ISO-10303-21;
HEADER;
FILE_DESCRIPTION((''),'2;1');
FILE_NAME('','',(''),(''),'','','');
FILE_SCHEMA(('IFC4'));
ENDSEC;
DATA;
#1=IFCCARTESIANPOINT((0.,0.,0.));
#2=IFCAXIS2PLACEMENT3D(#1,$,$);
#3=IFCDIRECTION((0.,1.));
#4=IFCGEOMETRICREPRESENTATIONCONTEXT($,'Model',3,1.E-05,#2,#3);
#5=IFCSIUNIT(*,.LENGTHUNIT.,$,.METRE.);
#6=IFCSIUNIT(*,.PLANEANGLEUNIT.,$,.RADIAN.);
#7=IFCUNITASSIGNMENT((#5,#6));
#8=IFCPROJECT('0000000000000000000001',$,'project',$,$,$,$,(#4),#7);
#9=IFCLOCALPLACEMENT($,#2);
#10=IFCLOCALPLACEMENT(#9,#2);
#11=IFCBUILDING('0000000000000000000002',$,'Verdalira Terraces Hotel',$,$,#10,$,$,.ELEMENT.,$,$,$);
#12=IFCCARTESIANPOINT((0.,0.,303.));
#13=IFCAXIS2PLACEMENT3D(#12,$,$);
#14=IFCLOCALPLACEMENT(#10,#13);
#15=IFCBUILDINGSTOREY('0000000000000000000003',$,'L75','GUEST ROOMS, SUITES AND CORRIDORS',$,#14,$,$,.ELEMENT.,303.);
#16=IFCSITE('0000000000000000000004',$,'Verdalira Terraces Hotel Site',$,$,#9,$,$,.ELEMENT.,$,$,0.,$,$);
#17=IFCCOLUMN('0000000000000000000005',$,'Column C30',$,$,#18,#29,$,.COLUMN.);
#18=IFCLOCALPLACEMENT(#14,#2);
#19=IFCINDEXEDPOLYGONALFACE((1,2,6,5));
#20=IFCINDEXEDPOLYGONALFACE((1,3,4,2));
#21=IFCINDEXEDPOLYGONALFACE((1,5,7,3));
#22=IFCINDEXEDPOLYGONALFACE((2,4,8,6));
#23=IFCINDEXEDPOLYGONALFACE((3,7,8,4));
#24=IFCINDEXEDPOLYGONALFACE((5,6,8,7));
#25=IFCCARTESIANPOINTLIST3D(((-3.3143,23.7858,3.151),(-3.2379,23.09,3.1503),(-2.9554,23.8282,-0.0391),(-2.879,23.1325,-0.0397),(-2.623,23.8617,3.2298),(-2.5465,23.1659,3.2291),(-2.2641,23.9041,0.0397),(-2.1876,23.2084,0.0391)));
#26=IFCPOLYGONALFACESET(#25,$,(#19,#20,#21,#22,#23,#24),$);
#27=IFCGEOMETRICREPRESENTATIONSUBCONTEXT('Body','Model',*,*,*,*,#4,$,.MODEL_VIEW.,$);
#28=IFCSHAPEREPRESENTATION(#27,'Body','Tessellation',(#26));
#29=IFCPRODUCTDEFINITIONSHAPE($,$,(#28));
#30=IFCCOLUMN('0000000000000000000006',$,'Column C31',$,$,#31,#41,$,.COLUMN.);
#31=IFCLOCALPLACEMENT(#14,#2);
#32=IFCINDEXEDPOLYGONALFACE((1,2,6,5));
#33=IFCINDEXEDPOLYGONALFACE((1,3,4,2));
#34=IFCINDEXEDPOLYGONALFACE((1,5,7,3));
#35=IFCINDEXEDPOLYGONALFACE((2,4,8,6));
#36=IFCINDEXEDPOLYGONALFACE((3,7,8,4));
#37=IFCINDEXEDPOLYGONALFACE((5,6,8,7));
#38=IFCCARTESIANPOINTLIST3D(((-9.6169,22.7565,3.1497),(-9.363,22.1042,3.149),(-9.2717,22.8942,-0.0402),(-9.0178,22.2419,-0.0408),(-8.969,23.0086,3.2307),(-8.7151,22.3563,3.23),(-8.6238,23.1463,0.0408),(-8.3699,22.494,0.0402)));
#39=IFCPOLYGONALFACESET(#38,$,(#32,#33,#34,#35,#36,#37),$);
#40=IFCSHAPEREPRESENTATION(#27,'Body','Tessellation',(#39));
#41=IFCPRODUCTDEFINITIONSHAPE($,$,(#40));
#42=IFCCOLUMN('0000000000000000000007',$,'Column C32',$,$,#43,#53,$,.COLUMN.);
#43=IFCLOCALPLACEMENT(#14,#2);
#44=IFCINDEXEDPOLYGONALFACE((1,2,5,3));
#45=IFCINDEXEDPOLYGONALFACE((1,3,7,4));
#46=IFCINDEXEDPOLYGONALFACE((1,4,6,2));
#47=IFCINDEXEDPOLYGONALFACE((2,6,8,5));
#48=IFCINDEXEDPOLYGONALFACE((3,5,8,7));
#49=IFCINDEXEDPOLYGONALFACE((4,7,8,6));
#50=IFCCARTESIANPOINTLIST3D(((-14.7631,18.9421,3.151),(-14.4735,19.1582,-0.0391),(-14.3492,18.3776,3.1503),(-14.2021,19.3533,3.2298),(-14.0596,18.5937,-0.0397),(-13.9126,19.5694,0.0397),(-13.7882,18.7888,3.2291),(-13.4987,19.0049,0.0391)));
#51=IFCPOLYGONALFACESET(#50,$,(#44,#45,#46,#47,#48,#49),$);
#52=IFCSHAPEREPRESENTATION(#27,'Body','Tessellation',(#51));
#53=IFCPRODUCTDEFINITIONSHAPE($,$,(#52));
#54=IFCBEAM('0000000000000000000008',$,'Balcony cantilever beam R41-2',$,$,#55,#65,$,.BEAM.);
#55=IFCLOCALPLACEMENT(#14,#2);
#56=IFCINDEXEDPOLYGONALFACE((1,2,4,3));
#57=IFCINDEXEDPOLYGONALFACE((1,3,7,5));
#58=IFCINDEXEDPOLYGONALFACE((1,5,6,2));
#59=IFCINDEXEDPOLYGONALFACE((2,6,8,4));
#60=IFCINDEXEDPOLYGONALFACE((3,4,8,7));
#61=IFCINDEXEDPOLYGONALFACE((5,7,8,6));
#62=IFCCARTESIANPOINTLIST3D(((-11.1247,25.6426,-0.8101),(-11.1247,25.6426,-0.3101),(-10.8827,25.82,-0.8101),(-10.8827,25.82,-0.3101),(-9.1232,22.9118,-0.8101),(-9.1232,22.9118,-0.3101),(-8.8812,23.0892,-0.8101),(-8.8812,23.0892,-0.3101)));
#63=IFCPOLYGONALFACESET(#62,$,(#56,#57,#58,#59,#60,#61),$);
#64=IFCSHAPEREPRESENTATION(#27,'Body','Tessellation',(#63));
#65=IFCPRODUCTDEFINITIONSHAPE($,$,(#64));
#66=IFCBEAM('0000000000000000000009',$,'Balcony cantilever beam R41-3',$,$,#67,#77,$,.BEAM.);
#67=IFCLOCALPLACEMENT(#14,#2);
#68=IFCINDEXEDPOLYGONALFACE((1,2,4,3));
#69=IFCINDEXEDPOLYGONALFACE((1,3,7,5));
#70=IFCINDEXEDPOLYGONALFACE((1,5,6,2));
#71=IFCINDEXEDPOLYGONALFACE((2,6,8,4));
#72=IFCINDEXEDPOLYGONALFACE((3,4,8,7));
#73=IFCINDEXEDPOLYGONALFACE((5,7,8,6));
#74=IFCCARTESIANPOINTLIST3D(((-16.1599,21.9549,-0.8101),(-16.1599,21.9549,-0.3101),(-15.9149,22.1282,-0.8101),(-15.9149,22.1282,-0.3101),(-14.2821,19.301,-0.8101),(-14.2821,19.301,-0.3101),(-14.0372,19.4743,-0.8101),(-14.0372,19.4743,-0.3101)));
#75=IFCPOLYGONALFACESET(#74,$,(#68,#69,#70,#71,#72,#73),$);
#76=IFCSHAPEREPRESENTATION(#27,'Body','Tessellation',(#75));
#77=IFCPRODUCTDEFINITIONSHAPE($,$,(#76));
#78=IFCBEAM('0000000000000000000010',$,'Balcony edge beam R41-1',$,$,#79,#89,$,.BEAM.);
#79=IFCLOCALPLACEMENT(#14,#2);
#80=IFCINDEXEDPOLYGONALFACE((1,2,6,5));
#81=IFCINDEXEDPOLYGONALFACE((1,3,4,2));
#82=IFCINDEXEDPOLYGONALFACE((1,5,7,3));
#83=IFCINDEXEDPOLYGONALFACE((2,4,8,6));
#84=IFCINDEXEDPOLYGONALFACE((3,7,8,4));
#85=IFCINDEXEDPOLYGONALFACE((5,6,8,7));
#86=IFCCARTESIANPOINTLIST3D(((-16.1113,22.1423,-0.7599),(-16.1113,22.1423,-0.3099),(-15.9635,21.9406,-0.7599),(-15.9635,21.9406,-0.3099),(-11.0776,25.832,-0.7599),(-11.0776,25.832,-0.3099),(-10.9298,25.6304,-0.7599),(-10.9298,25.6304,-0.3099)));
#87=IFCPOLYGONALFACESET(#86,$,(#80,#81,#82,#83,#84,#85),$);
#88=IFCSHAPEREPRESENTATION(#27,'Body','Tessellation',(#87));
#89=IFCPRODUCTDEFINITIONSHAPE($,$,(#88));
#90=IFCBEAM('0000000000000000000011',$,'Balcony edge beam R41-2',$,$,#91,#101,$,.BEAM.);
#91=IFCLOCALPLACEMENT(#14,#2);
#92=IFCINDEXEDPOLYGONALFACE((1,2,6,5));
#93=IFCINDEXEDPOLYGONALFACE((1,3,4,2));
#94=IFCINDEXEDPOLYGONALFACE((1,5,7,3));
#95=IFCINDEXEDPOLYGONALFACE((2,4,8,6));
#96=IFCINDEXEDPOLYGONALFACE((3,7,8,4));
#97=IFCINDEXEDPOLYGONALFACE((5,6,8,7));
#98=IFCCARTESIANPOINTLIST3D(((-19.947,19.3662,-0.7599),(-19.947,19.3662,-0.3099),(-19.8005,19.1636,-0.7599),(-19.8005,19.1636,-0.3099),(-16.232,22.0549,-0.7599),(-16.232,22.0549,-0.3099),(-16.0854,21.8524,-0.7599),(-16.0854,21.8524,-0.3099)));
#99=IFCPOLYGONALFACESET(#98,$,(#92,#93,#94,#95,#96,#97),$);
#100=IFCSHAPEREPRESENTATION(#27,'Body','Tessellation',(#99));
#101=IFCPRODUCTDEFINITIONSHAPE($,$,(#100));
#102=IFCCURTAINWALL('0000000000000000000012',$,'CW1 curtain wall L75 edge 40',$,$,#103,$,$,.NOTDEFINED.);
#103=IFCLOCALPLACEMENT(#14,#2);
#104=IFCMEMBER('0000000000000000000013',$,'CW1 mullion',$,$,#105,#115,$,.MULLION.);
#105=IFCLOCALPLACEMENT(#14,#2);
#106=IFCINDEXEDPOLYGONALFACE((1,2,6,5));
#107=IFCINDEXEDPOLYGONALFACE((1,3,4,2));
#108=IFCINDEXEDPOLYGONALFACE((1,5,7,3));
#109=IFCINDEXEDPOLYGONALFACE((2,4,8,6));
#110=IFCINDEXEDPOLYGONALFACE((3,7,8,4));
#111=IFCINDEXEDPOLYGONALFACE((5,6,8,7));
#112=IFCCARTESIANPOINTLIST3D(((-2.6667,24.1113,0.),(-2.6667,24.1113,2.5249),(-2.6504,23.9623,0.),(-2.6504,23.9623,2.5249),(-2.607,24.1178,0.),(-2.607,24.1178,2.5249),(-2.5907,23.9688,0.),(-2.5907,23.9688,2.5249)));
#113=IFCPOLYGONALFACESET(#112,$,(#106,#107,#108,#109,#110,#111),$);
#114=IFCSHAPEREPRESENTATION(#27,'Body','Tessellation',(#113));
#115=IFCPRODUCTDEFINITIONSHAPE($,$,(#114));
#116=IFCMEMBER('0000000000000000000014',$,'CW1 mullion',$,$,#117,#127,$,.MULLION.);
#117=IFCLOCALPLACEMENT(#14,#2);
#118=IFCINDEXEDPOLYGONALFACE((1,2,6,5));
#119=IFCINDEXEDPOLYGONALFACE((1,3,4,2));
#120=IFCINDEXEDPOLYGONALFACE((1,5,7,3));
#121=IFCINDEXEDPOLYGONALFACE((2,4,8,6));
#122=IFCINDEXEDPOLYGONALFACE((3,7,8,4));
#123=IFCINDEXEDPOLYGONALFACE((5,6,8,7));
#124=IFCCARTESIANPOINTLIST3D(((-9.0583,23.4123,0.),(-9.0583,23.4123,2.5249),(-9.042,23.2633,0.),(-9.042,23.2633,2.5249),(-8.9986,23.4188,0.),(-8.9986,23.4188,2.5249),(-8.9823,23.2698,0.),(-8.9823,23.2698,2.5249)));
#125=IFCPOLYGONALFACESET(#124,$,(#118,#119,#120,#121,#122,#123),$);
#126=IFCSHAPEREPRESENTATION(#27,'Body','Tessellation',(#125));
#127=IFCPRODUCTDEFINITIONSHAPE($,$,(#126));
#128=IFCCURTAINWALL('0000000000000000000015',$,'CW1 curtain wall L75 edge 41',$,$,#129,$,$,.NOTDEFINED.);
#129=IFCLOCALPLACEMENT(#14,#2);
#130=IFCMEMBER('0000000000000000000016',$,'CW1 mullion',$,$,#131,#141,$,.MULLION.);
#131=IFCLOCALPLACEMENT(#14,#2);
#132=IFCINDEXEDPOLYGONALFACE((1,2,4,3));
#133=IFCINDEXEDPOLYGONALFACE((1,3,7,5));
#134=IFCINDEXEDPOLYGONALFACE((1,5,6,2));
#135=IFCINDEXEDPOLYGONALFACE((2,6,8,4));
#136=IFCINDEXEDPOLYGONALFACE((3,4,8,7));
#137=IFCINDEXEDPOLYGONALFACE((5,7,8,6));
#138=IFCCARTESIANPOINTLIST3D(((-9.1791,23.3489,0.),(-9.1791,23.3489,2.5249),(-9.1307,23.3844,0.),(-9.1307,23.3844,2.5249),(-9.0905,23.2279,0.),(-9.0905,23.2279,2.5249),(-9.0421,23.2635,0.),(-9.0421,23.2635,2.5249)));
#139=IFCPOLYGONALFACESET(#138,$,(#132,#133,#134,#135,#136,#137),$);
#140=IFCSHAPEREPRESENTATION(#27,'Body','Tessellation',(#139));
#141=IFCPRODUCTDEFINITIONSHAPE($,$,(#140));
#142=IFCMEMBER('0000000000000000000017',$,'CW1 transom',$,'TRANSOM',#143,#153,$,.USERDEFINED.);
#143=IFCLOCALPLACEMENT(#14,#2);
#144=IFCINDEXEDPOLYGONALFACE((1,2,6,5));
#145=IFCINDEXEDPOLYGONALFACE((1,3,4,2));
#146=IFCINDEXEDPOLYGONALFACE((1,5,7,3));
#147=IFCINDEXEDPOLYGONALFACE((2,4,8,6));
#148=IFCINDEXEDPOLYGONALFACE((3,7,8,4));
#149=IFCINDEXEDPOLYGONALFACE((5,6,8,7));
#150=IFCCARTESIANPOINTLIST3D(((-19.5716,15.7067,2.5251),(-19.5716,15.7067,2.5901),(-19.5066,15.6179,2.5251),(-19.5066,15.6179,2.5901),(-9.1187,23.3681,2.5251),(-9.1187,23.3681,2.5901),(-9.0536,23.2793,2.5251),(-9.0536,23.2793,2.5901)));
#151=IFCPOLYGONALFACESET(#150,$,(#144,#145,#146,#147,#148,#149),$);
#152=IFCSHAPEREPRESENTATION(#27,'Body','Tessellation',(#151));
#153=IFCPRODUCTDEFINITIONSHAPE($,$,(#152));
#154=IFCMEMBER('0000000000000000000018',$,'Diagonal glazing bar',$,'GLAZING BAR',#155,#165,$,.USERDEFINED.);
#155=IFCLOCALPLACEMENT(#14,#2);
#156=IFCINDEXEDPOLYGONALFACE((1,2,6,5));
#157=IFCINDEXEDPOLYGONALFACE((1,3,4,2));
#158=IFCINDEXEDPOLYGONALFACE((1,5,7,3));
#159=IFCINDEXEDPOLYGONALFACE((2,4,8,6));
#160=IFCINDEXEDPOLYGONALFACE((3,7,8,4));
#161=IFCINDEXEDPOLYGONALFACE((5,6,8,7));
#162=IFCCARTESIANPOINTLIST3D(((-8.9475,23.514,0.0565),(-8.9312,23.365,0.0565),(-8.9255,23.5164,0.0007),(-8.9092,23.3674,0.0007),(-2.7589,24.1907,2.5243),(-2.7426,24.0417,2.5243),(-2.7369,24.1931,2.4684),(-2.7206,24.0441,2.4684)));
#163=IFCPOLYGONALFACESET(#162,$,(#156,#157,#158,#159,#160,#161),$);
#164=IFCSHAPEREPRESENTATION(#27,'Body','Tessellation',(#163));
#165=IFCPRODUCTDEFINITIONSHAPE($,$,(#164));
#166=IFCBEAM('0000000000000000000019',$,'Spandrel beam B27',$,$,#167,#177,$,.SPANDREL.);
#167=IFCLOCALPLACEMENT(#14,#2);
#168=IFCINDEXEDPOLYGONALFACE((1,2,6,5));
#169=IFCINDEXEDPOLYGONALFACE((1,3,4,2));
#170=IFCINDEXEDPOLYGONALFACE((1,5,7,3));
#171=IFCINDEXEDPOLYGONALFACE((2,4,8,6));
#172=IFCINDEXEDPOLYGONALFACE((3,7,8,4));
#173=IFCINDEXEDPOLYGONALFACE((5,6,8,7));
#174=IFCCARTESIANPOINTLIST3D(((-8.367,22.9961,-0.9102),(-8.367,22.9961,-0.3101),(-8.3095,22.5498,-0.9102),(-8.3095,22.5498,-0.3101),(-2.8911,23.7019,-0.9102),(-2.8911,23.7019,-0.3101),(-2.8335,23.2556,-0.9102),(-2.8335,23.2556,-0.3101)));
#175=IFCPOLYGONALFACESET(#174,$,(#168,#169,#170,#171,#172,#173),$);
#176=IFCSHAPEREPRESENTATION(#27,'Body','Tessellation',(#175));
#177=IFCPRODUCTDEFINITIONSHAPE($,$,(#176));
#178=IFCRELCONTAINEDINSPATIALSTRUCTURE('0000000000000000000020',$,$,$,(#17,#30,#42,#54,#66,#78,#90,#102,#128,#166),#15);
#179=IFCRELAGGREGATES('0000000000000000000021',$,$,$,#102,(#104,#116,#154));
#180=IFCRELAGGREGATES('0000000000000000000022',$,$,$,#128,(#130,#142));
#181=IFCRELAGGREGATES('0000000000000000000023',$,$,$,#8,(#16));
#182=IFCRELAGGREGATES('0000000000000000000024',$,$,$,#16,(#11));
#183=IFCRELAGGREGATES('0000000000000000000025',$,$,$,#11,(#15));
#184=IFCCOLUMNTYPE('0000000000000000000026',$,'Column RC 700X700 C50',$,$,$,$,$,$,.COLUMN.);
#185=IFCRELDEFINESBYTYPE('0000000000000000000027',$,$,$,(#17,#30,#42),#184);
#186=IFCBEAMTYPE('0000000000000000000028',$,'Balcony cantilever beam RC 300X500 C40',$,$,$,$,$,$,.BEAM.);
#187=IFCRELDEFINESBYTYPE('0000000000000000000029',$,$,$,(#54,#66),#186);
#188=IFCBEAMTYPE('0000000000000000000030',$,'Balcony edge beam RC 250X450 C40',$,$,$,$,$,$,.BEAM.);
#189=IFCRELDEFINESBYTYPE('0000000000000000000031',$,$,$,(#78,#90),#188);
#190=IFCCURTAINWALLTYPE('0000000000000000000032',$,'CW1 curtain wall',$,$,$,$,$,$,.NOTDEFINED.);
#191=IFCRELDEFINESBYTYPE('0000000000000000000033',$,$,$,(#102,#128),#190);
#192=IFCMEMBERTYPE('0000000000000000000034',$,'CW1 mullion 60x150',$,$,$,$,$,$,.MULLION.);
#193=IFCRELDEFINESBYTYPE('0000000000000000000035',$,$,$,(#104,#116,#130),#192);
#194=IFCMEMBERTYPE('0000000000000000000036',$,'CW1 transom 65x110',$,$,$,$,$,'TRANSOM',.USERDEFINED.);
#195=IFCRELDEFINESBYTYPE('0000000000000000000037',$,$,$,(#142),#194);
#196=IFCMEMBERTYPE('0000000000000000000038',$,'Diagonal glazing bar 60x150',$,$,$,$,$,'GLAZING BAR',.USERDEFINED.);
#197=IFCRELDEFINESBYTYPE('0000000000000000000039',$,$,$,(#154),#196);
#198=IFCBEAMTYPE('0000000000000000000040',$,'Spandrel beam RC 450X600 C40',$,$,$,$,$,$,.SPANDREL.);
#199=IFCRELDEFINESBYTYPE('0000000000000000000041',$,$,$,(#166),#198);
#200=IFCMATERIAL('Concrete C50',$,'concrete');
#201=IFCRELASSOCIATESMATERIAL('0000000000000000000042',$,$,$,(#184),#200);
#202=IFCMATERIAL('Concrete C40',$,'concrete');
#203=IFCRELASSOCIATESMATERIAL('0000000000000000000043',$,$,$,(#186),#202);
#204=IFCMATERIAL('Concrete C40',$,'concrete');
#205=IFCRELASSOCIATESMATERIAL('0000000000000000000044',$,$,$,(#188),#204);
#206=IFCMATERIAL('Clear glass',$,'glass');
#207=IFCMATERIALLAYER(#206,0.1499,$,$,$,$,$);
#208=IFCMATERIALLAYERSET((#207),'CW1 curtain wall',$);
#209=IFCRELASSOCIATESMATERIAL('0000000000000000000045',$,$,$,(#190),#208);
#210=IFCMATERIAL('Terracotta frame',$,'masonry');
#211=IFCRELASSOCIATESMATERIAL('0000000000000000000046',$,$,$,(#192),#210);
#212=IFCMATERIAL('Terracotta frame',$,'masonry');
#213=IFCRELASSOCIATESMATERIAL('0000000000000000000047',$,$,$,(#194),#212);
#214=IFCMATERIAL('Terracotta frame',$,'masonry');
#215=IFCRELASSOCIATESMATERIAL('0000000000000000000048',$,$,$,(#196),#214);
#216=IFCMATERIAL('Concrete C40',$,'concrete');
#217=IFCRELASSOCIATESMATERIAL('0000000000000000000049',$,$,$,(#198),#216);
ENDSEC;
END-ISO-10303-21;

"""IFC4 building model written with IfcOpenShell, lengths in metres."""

from ifc_helpers import new_model, si_unit, direction, frame, origin, origin_2d, place, context, subcontext, project, spatial, rectangle, extrude, material, layer, layer_set, material_profile, profile_set, type_object, element, aggregate, save


model = new_model("IFC4")

# Units and contexts
model_context = context("Model", 3, precision=1e-05, world=origin(), true_north=direction((0.0, 1.0)))
body_context = subcontext(model_context, "Body", "Model", "MODEL_VIEW")
ifc_project = project(units=[si_unit("LENGTHUNIT", "METRE"), si_unit("PLANEANGLEUNIT", "RADIAN")], contexts=[model_context])

# Site, building, storey
site_placement = place(None, origin())
site = spatial("IfcSite", under=ifc_project, at=site_placement, Name="Verdalira Terraces Hotel Site", CompositionType="ELEMENT", RefElevation=0.0)
building_placement = place(site_placement, origin())
building = spatial("IfcBuilding", under=site, at=building_placement, Name="Verdalira Terraces Hotel", CompositionType="ELEMENT")
storey_placement = place(building_placement, frame((0.0, 0.0, 303.0)))
storey = spatial("IfcBuildingStorey", under=building, at=storey_placement, Name="L75", Description="GUEST ROOMS, SUITES AND CORRIDORS", CompositionType="ELEMENT", Elevation=303.0)

# Columns
ifc_material_1 = material(Name="Concrete C50", Category="concrete")
ifc_material_profile_1 = material_profile(ifc_material_1, rectangle(XDim=0.7, YDim=0.7, at=origin_2d()), Name="RC 700X700")
ifc_profile_set_1 = profile_set([ifc_material_profile_1], Name="Concrete C50")
column_type = type_object("IfcColumnType", Name="Column RC 700X700 C50", PredefinedType="COLUMN", material=ifc_profile_set_1)
column_1_placement = place(storey_placement, frame((-2.5715, 23.5183, 0.0), z_axis=(-0.111791, -0.013232, 0.993644), x_axis=(-0.987711, -0.108422, -0.112567)))
element("IfcColumn", 1, at=column_1_placement, inside=storey, type_object=column_type, Name="Column C30", PredefinedType="COLUMN", context=body_context, shape_type="SweptSolid", body=[
    extrude(rectangle(XDim=0.7, YDim=0.7, at=origin_2d()), origin(), (0.0, 0.0, 1.0), 3.2104),
])
column_2_placement = place(storey_placement, frame((-8.8208, 22.6941, 0.0), z_axis=(-0.107493, -0.042875, 0.993281), x_axis=(0.925689, 0.360149, 0.115724)))
element("IfcColumn", 2, at=column_2_placement, inside=storey, type_object=column_type, Name="Column C31", PredefinedType="COLUMN", context=body_context, shape_type="SweptSolid", body=[
    extrude(rectangle(XDim=0.7, YDim=0.7, at=origin_2d()), origin(), (0.0, 0.0, 1.0), 3.2114),
])
column_3_placement = place(storey_placement, frame((-13.9861, 19.0815, 0.0), z_axis=(-0.090193, -0.067303, 0.993648), x_axis=(-0.80138, -0.587474, -0.112533)))
element("IfcColumn", 3, at=column_3_placement, inside=storey, type_object=column_type, Name="Column C32", PredefinedType="COLUMN", context=body_context, shape_type="SweptSolid", body=[
    extrude(rectangle(XDim=0.7, YDim=0.7, at=origin_2d()), origin(), (0.0, 0.0, 1.0), 3.2104),
])

# Beams
ifc_material_2 = material(Name="Concrete C40", Category="concrete")
ifc_material_profile_2 = material_profile(ifc_material_2, rectangle(XDim=0.3, YDim=0.5, at=origin_2d()), Name="RC 300X500")
ifc_profile_set_2 = profile_set([ifc_material_profile_2], Name="Concrete C40")
beam_type_1 = type_object("IfcBeamType", Name="Balcony cantilever beam RC 300X500 C40", PredefinedType="BEAM", material=ifc_profile_set_2)
beam_1_placement = place(storey_placement, frame((-9.0022, 23.0005, -0.5601), z_axis=(-0.59116, 0.806554, 0.0), x_axis=(-0.806554, -0.59116, 0.0)))
element("IfcBeam", 4, at=beam_1_placement, inside=storey, type_object=beam_type_1, Name="Balcony cantilever beam R41-2", PredefinedType="BEAM", context=body_context, shape_type="SweptSolid", body=[
    extrude(rectangle(XDim=0.3, YDim=0.5, at=origin_2d()), origin(), (0.0, 0.0, 1.0), 3.3857),
])
beam_2_placement = place(storey_placement, frame((-14.1597, 19.3877, -0.5601), z_axis=(-0.577588, 0.816328, 0.0), x_axis=(-0.816328, -0.577588, 0.0)))
element("IfcBeam", 5, at=beam_2_placement, inside=storey, type_object=beam_type_1, Name="Balcony cantilever beam R41-3", PredefinedType="BEAM", context=body_context, shape_type="SweptSolid", body=[
    extrude(rectangle(XDim=0.3, YDim=0.5, at=origin_2d()), origin(), (0.0, 0.0, 1.0), 3.251),
])
ifc_material_3 = material(Name="Concrete C40", Category="concrete")
ifc_material_profile_3 = material_profile(ifc_material_3, rectangle(XDim=0.25, YDim=0.45, at=origin_2d()), Name="RC 250X450")
ifc_profile_set_3 = profile_set([ifc_material_profile_3], Name="Concrete C40")
beam_type_2 = type_object("IfcBeamType", Name="Balcony edge beam RC 250X450 C40", PredefinedType="BEAM", material=ifc_profile_set_3)
beam_3_placement = place(storey_placement, frame((-11.0037, 25.7312, -0.5349), z_axis=(-0.806533, -0.591189, 0.0), x_axis=(0.591189, -0.806533, 0.0)))
element("IfcBeam", 6, at=beam_3_placement, inside=storey, type_object=beam_type_2, Name="Balcony edge beam R41-1", PredefinedType="BEAM", context=body_context, shape_type="SweptSolid", body=[
    extrude(rectangle(XDim=0.25, YDim=0.45, at=origin_2d()), origin(), (0.0, 0.0, 1.0), 6.2412),
])
beam_4_placement = place(storey_placement, frame((-16.1587, 21.9536, -0.5349), z_axis=(-0.810099, -0.586293, 0.0), x_axis=(0.586293, -0.810099, 0.0)))
element("IfcBeam", 7, at=beam_4_placement, inside=storey, type_object=beam_type_2, Name="Balcony edge beam R41-2", PredefinedType="BEAM", context=body_context, shape_type="SweptSolid", body=[
    extrude(rectangle(XDim=0.25, YDim=0.45, at=origin_2d()), origin(), (0.0, 0.0, 1.0), 4.5859),
])

# Curtain walls, members
ifc_material_4 = material(Name="Clear glass", Category="glass")
ifc_layer_1 = layer(ifc_material_4, 0.1499)
ifc_layer_set_1 = layer_set([ifc_layer_1], Name="CW1 curtain wall")
curtain_wall_type = type_object("IfcCurtainWallType", Name="CW1 curtain wall", PredefinedType="NOTDEFINED", material=ifc_layer_set_1)
curtain_wall_1_placement = place(storey_placement, origin())
curtain_wall_1 = element("IfcCurtainWall", 8, at=curtain_wall_1_placement, inside=storey, type_object=curtain_wall_type, Name="CW1 curtain wall L75 edge 40", PredefinedType="NOTDEFINED")
ifc_material_5 = material(Name="Terracotta frame", Category="masonry")
ifc_material_profile_4 = material_profile(ifc_material_5, rectangle(XDim=0.0601, YDim=0.1499, at=origin_2d()), Name="MU 60x150")
ifc_profile_set_4 = profile_set([ifc_material_profile_4], Name="Terracotta frame")
member_type_1 = type_object("IfcMemberType", Name="CW1 mullion 60x150", PredefinedType="MULLION", material=ifc_profile_set_4)
member_1_placement = place(storey_placement, frame((-2.6287, 24.04, 0.0), z_axis=(0.0, 0.0, 1.0), x_axis=(-0.994075, -0.108693, 0.0)))
member_1 = element("IfcMember", 9, at=member_1_placement, type_object=member_type_1, Name="CW1 mullion", PredefinedType="MULLION", context=body_context, shape_type="SweptSolid", body=[
    extrude(rectangle(XDim=0.0601, YDim=0.1499, at=origin_2d()), origin(), (0.0, 0.0, 1.0), 2.5249),
])
member_2_placement = place(storey_placement, frame((-9.0203, 23.3411, 0.0), z_axis=(0.0, 0.0, 1.0), x_axis=(-0.994075, -0.108693, 0.0)))
member_2 = element("IfcMember", 10, at=member_2_placement, type_object=member_type_1, Name="CW1 mullion", PredefinedType="MULLION", context=body_context, shape_type="SweptSolid", body=[
    extrude(rectangle(XDim=0.0601, YDim=0.1499, at=origin_2d()), origin(), (0.0, 0.0, 1.0), 2.5249),
])
curtain_wall_2_placement = place(storey_placement, origin())
curtain_wall_2 = element("IfcCurtainWall", 11, at=curtain_wall_2_placement, inside=storey, type_object=curtain_wall_type, Name="CW1 curtain wall L75 edge 41", PredefinedType="NOTDEFINED")
member_3_placement = place(storey_placement, frame((-9.1106, 23.3062, 0.0), z_axis=(0.0, 0.0, 1.0), x_axis=(-0.806548, -0.591169, 0.0)))
member_3 = element("IfcMember", 12, at=member_3_placement, type_object=member_type_1, Name="CW1 mullion", PredefinedType="MULLION", context=body_context, shape_type="SweptSolid", body=[
    extrude(rectangle(XDim=0.0601, YDim=0.1499, at=origin_2d()), origin(), (0.0, 0.0, 1.0), 2.5249),
])
ifc_material_6 = material(Name="Terracotta frame", Category="masonry")
ifc_material_profile_5 = material_profile(ifc_material_6, rectangle(XDim=0.1101, YDim=0.0649, at=origin_2d()), Name="TR 65x110")
ifc_profile_set_5 = profile_set([ifc_material_profile_5], Name="Terracotta frame")
member_type_2 = type_object("IfcMemberType", Name="CW1 transom 65x110", ElementType="TRANSOM", PredefinedType="USERDEFINED", material=ifc_profile_set_5)
member_4_placement = place(storey_placement, frame((-9.0862, 23.3237, 2.5576), z_axis=(-0.806555, -0.591159, 0.0), x_axis=(0.591159, -0.806555, 0.0)))
member_4 = element("IfcMember", 13, at=member_4_placement, type_object=member_type_2, Name="CW1 transom", ObjectType="TRANSOM", PredefinedType="USERDEFINED", context=body_context, shape_type="SweptSolid", body=[
    extrude(rectangle(XDim=0.1101, YDim=0.0649, at=origin_2d()), origin(), (0.0, 0.0, 1.0), 12.96),
])

# Member
ifc_material_7 = material(Name="Terracotta frame", Category="masonry")
ifc_material_profile_6 = material_profile(ifc_material_7, rectangle(XDim=0.1499, YDim=0.0601, at=origin_2d()), Name="GB 60x150")
ifc_profile_set_6 = profile_set([ifc_material_profile_6], Name="Terracotta frame")
member_type_3 = type_object("IfcMemberType", Name="Diagonal glazing bar 60x150", ElementType="GLAZING BAR", PredefinedType="USERDEFINED", material=ifc_profile_set_6)
member_5_placement = place(storey_placement, frame((-2.7397, 24.1174, 2.4963), z_axis=(-0.92412, -0.101056, -0.368496), x_axis=(0.108705, -0.994074, 0.0)))
member_5 = element("IfcMember", 14, at=member_5_placement, type_object=member_type_3, Name="Diagonal glazing bar", ObjectType="GLAZING BAR", PredefinedType="USERDEFINED", context=body_context, shape_type="SweptSolid", body=[
    extrude(rectangle(XDim=0.1499, YDim=0.0601, at=origin_2d()), origin(), (0.0, 0.0, 1.0), 6.6968),
])

# Beam
ifc_material_8 = material(Name="Concrete C40", Category="concrete")
ifc_material_profile_7 = material_profile(ifc_material_8, rectangle(XDim=0.45, YDim=0.6001, at=origin_2d()), Name="RC 450X600")
ifc_profile_set_7 = profile_set([ifc_material_profile_7], Name="Concrete C40")
beam_type_3 = type_object("IfcBeamType", Name="Spandrel beam RC 450X600 C40", PredefinedType="SPANDREL", material=ifc_profile_set_7)
beam_5_placement = place(storey_placement, frame((-2.8623, 23.4788, -0.6101), z_axis=(-0.991795, -0.127838, 0.0), x_axis=(0.127838, -0.991795, 0.0)))
element("IfcBeam", 15, at=beam_5_placement, inside=storey, type_object=beam_type_3, Name="Spandrel beam B27", PredefinedType="SPANDREL", context=body_context, shape_type="SweptSolid", body=[
    extrude(rectangle(XDim=0.45, YDim=0.6001, at=origin_2d()), origin(), (0.0, 0.0, 1.0), 5.5212),
])

aggregate(curtain_wall_1, [member_1, member_2, member_5])
aggregate(curtain_wall_2, [member_3, member_4])

save(model, "model.ifc")
